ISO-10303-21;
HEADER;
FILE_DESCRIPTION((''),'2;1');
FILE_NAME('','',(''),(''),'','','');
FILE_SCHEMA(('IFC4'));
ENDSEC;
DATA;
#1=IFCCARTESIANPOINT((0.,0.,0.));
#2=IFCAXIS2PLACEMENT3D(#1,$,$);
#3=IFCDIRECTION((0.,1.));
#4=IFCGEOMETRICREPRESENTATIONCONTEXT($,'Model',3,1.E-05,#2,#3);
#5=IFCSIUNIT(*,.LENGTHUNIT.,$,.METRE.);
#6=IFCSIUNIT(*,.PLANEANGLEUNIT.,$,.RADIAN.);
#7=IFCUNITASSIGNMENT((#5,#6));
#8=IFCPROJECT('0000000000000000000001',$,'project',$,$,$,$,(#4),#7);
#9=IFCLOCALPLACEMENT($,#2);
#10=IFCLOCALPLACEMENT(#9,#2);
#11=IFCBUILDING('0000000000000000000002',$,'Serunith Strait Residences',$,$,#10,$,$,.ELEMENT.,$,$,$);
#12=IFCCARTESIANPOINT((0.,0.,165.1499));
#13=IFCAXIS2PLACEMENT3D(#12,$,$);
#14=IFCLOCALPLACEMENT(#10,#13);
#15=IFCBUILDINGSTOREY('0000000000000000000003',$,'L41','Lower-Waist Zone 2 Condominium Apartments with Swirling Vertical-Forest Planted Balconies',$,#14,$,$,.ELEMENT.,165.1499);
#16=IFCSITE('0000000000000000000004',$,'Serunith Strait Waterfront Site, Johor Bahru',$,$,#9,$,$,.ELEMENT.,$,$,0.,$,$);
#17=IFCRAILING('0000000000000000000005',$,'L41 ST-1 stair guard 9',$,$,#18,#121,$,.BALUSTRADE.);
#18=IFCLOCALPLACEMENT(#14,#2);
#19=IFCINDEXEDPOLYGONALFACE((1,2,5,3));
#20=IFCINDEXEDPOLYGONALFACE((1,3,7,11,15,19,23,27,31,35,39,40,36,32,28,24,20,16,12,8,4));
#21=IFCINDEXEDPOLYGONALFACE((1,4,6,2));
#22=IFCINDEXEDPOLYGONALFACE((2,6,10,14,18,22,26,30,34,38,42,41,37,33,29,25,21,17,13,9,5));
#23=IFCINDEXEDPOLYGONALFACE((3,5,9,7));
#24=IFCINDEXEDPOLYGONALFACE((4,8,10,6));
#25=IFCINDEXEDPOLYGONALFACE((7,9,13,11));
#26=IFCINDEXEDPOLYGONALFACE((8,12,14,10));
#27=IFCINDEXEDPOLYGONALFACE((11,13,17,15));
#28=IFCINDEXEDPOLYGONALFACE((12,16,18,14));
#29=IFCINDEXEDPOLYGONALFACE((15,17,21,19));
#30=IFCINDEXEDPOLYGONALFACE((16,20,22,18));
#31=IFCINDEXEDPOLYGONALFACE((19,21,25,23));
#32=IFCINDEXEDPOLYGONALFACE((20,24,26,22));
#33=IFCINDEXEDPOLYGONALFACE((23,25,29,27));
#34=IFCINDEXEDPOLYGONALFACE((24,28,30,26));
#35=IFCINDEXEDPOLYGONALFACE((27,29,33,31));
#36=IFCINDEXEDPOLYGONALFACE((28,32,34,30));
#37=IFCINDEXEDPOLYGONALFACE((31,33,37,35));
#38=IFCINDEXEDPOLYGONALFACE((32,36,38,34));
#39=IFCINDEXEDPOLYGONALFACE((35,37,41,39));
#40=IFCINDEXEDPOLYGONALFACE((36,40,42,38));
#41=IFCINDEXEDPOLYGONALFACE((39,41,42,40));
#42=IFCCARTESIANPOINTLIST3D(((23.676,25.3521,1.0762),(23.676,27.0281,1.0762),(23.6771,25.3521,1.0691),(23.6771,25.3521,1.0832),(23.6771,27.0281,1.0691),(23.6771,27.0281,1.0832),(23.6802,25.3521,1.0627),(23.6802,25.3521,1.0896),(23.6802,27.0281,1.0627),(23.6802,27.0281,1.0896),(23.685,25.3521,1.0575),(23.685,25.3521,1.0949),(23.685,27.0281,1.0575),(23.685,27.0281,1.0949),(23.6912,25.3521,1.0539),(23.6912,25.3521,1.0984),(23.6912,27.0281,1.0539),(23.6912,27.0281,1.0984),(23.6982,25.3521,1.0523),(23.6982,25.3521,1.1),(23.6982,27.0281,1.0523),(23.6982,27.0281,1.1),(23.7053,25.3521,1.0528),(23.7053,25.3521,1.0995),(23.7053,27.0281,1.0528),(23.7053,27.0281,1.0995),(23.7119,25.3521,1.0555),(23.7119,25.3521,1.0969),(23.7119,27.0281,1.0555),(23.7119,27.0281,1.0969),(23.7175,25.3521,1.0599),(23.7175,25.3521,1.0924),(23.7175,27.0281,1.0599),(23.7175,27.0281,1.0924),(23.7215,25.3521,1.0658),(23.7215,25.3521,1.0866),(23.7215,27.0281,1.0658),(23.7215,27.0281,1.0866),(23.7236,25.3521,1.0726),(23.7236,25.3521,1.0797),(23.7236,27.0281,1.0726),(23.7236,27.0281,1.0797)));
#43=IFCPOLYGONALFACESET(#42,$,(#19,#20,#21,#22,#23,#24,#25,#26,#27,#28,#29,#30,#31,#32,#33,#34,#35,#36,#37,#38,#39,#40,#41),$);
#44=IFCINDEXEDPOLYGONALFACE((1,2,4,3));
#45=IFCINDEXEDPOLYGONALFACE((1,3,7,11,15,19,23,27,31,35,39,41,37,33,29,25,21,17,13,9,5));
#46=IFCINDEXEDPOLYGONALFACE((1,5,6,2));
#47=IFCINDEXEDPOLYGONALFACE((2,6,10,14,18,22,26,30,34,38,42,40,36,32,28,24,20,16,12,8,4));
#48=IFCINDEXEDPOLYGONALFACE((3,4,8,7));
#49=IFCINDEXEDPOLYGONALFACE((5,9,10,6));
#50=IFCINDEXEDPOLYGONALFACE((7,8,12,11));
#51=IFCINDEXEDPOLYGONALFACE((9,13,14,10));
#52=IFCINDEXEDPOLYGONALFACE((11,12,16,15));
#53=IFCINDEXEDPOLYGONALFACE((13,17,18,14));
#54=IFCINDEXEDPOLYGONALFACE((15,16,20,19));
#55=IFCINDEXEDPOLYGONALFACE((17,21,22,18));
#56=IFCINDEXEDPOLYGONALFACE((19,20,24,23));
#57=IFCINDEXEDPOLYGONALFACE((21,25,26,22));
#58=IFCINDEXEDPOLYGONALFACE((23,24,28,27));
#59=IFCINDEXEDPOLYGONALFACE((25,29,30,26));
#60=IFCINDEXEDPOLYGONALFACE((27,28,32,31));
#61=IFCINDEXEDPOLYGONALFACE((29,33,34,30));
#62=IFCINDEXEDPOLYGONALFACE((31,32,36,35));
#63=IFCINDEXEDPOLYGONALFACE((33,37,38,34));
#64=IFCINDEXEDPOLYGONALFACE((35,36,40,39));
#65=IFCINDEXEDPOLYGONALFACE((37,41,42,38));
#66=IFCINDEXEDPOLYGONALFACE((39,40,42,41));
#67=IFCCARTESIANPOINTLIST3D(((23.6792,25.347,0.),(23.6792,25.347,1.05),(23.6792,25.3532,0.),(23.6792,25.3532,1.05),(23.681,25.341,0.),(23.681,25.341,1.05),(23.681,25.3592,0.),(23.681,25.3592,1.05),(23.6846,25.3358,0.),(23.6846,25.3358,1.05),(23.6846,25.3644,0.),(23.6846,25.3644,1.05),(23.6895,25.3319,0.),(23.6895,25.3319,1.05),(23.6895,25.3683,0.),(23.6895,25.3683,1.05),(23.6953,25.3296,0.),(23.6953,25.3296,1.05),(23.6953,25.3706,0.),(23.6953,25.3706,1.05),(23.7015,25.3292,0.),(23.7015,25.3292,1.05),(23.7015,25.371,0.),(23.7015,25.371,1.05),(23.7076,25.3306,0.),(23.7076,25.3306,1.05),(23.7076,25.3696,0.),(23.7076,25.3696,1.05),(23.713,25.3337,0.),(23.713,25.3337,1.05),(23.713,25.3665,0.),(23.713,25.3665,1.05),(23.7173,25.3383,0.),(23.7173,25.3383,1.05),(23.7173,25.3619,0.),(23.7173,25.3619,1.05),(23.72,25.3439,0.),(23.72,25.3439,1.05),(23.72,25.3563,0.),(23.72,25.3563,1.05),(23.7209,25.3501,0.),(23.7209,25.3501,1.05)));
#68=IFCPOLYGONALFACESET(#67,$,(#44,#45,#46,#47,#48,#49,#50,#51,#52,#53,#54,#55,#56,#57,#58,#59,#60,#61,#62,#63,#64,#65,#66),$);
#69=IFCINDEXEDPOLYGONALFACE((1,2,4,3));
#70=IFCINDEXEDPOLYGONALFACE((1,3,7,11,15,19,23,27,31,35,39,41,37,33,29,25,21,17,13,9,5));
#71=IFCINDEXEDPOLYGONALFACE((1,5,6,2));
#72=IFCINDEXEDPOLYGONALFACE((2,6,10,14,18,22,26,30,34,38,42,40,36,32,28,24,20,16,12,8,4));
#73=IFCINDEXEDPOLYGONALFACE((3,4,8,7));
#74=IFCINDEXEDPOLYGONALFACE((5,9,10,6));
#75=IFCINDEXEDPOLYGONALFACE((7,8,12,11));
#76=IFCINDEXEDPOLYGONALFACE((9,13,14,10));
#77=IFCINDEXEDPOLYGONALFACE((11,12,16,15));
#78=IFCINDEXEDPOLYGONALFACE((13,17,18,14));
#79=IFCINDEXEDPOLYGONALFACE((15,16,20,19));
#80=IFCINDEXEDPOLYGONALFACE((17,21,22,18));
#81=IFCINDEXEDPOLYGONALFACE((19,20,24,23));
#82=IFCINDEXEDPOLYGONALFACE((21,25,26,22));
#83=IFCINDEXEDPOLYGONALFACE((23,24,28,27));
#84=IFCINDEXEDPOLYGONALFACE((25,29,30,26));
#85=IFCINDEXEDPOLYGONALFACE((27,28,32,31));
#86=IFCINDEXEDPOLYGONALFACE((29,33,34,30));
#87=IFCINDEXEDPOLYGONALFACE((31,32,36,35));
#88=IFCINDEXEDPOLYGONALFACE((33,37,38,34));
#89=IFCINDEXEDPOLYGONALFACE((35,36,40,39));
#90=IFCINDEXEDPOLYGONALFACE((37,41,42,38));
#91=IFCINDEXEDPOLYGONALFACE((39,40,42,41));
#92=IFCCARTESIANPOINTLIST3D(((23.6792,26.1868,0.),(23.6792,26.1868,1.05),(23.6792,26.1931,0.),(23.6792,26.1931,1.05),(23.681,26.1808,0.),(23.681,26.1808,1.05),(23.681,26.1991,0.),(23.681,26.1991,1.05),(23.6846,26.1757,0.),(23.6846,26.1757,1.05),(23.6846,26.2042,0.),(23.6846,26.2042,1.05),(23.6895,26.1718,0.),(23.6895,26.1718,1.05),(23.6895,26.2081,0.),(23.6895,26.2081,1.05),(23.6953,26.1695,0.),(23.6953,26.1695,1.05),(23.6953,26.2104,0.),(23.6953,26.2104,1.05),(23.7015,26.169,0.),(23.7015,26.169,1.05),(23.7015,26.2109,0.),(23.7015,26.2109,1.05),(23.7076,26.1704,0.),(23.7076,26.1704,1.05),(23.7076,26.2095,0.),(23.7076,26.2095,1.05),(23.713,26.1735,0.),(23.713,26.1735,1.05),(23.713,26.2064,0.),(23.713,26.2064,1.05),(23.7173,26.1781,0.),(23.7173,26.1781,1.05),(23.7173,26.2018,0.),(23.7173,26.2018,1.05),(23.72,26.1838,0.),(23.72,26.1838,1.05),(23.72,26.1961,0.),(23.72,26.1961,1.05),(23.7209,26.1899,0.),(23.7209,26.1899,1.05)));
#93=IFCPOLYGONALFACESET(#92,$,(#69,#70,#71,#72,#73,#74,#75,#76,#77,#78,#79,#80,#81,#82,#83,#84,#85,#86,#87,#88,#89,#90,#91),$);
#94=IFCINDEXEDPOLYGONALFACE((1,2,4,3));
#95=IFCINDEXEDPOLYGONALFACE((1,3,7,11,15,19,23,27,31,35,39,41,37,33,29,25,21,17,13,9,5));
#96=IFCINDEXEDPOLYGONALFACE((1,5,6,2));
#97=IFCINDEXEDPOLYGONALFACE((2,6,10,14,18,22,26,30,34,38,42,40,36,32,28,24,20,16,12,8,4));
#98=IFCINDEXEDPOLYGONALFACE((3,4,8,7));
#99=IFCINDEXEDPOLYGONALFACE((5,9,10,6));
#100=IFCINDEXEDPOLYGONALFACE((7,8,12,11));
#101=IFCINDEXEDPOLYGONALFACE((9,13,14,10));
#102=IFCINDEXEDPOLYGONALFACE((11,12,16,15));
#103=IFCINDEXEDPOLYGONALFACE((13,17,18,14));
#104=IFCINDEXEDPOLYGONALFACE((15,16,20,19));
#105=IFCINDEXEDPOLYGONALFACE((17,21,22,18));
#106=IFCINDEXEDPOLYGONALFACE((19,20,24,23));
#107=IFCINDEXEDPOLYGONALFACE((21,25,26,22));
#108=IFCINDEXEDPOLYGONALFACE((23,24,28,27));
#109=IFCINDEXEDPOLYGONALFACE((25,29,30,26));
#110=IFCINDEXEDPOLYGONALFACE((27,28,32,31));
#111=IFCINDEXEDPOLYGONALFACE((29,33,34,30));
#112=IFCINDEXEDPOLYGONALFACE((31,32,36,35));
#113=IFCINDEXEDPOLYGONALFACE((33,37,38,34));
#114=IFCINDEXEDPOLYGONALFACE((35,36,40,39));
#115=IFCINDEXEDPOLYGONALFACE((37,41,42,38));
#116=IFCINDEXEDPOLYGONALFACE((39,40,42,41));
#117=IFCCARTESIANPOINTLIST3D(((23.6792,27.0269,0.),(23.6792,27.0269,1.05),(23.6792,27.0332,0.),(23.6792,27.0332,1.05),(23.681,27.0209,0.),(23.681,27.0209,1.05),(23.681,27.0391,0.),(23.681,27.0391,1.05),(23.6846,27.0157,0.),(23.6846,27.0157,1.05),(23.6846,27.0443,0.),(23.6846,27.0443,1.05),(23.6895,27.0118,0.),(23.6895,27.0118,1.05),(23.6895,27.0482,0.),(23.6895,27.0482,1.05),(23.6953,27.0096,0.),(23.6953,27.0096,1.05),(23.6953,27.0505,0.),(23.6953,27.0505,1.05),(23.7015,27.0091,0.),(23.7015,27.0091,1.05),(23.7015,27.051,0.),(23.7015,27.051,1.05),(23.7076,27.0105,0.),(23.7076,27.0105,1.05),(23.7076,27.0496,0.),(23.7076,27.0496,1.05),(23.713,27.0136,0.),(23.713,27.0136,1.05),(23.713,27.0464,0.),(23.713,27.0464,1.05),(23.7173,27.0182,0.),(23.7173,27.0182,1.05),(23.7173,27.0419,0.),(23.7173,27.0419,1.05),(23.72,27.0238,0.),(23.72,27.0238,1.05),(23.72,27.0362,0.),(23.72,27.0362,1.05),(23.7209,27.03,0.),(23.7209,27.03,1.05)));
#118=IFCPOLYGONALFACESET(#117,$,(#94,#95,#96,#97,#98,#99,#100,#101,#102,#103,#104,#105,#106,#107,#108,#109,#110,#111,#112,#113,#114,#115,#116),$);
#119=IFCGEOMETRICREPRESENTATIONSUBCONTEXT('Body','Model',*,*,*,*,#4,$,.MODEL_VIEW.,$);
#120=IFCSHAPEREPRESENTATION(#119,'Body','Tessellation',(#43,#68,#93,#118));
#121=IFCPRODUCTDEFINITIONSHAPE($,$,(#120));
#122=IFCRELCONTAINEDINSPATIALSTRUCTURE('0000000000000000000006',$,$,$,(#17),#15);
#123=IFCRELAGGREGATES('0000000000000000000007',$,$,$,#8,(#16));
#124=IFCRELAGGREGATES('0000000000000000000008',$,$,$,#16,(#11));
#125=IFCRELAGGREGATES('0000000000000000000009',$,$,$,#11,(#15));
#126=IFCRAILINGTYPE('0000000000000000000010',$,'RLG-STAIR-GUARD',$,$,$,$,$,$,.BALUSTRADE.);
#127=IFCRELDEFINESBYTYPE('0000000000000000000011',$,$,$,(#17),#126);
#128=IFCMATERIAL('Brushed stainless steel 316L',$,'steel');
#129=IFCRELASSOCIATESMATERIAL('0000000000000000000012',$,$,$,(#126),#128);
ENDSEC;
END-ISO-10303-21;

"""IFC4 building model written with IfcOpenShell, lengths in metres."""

from ifc_helpers import new_model, si_unit, direction, frame, origin, origin_2d, place, context, subcontext, project, spatial, circle, extrude, material, type_object, element, save


model = new_model("IFC4")

# Units and contexts
model_context = context("Model", 3, precision=1e-05, world=origin(), true_north=direction((0.0, 1.0)))
body_context = subcontext(model_context, "Body", "Model", "MODEL_VIEW")
ifc_project = project(units=[si_unit("LENGTHUNIT", "METRE"), si_unit("PLANEANGLEUNIT", "RADIAN")], contexts=[model_context])

# Site, building, storey
site_placement = place(None, origin())
site = spatial("IfcSite", under=ifc_project, at=site_placement, Name="Serunith Strait Waterfront Site, Johor Bahru", CompositionType="ELEMENT", RefElevation=0.0)
building_placement = place(site_placement, origin())
building = spatial("IfcBuilding", under=site, at=building_placement, Name="Serunith Strait Residences", CompositionType="ELEMENT")
storey_placement = place(building_placement, frame((0.0, 0.0, 165.1499)))
storey = spatial("IfcBuildingStorey", under=building, at=storey_placement, Name="L41", Description="Lower-Waist Zone 2 Condominium Apartments with Swirling Vertical-Forest Planted Balconies", CompositionType="ELEMENT", Elevation=165.1499)

# Railing
ifc_material_1 = material(Name="Brushed stainless steel 316L", Category="steel")
railing_type_1 = type_object("IfcRailingType", Name="RLG-STAIR-GUARD", PredefinedType="BALUSTRADE", material=ifc_material_1)
for number, where, name in (
    (1, (23.7, 25.3501, 0.0), "L41 ST-1 stair guard 9"),
):
    element("IfcRailing", number, at=place(storey_placement, frame(where)), inside=storey, type_object=railing_type_1, Name=name, PredefinedType="BALUSTRADE", context=body_context, shape_type="SweptSolid", body=[
        extrude(circle(Radius=0.0239, at=origin_2d()), frame((0.0, 0.002, 1.0762), z_axis=(0.0, 1.0, 0.0), x_axis=(-1.0, 0.0, 0.0)), (0.0, 0.0, 1.0), 1.676),
        extrude(circle(Radius=0.021, at=origin_2d()), origin(), (0.0, 0.0, 1.0), 1.05),
        extrude(circle(Radius=0.021, at=origin_2d()), frame((0.0, 0.8398, 0.0)), (0.0, 0.0, 1.0), 1.05),
        extrude(circle(Radius=0.021, at=origin_2d()), frame((0.0, 1.6799, 0.0)), (0.0, 0.0, 1.0), 1.05),
    ])

save(model, "model.ifc")
